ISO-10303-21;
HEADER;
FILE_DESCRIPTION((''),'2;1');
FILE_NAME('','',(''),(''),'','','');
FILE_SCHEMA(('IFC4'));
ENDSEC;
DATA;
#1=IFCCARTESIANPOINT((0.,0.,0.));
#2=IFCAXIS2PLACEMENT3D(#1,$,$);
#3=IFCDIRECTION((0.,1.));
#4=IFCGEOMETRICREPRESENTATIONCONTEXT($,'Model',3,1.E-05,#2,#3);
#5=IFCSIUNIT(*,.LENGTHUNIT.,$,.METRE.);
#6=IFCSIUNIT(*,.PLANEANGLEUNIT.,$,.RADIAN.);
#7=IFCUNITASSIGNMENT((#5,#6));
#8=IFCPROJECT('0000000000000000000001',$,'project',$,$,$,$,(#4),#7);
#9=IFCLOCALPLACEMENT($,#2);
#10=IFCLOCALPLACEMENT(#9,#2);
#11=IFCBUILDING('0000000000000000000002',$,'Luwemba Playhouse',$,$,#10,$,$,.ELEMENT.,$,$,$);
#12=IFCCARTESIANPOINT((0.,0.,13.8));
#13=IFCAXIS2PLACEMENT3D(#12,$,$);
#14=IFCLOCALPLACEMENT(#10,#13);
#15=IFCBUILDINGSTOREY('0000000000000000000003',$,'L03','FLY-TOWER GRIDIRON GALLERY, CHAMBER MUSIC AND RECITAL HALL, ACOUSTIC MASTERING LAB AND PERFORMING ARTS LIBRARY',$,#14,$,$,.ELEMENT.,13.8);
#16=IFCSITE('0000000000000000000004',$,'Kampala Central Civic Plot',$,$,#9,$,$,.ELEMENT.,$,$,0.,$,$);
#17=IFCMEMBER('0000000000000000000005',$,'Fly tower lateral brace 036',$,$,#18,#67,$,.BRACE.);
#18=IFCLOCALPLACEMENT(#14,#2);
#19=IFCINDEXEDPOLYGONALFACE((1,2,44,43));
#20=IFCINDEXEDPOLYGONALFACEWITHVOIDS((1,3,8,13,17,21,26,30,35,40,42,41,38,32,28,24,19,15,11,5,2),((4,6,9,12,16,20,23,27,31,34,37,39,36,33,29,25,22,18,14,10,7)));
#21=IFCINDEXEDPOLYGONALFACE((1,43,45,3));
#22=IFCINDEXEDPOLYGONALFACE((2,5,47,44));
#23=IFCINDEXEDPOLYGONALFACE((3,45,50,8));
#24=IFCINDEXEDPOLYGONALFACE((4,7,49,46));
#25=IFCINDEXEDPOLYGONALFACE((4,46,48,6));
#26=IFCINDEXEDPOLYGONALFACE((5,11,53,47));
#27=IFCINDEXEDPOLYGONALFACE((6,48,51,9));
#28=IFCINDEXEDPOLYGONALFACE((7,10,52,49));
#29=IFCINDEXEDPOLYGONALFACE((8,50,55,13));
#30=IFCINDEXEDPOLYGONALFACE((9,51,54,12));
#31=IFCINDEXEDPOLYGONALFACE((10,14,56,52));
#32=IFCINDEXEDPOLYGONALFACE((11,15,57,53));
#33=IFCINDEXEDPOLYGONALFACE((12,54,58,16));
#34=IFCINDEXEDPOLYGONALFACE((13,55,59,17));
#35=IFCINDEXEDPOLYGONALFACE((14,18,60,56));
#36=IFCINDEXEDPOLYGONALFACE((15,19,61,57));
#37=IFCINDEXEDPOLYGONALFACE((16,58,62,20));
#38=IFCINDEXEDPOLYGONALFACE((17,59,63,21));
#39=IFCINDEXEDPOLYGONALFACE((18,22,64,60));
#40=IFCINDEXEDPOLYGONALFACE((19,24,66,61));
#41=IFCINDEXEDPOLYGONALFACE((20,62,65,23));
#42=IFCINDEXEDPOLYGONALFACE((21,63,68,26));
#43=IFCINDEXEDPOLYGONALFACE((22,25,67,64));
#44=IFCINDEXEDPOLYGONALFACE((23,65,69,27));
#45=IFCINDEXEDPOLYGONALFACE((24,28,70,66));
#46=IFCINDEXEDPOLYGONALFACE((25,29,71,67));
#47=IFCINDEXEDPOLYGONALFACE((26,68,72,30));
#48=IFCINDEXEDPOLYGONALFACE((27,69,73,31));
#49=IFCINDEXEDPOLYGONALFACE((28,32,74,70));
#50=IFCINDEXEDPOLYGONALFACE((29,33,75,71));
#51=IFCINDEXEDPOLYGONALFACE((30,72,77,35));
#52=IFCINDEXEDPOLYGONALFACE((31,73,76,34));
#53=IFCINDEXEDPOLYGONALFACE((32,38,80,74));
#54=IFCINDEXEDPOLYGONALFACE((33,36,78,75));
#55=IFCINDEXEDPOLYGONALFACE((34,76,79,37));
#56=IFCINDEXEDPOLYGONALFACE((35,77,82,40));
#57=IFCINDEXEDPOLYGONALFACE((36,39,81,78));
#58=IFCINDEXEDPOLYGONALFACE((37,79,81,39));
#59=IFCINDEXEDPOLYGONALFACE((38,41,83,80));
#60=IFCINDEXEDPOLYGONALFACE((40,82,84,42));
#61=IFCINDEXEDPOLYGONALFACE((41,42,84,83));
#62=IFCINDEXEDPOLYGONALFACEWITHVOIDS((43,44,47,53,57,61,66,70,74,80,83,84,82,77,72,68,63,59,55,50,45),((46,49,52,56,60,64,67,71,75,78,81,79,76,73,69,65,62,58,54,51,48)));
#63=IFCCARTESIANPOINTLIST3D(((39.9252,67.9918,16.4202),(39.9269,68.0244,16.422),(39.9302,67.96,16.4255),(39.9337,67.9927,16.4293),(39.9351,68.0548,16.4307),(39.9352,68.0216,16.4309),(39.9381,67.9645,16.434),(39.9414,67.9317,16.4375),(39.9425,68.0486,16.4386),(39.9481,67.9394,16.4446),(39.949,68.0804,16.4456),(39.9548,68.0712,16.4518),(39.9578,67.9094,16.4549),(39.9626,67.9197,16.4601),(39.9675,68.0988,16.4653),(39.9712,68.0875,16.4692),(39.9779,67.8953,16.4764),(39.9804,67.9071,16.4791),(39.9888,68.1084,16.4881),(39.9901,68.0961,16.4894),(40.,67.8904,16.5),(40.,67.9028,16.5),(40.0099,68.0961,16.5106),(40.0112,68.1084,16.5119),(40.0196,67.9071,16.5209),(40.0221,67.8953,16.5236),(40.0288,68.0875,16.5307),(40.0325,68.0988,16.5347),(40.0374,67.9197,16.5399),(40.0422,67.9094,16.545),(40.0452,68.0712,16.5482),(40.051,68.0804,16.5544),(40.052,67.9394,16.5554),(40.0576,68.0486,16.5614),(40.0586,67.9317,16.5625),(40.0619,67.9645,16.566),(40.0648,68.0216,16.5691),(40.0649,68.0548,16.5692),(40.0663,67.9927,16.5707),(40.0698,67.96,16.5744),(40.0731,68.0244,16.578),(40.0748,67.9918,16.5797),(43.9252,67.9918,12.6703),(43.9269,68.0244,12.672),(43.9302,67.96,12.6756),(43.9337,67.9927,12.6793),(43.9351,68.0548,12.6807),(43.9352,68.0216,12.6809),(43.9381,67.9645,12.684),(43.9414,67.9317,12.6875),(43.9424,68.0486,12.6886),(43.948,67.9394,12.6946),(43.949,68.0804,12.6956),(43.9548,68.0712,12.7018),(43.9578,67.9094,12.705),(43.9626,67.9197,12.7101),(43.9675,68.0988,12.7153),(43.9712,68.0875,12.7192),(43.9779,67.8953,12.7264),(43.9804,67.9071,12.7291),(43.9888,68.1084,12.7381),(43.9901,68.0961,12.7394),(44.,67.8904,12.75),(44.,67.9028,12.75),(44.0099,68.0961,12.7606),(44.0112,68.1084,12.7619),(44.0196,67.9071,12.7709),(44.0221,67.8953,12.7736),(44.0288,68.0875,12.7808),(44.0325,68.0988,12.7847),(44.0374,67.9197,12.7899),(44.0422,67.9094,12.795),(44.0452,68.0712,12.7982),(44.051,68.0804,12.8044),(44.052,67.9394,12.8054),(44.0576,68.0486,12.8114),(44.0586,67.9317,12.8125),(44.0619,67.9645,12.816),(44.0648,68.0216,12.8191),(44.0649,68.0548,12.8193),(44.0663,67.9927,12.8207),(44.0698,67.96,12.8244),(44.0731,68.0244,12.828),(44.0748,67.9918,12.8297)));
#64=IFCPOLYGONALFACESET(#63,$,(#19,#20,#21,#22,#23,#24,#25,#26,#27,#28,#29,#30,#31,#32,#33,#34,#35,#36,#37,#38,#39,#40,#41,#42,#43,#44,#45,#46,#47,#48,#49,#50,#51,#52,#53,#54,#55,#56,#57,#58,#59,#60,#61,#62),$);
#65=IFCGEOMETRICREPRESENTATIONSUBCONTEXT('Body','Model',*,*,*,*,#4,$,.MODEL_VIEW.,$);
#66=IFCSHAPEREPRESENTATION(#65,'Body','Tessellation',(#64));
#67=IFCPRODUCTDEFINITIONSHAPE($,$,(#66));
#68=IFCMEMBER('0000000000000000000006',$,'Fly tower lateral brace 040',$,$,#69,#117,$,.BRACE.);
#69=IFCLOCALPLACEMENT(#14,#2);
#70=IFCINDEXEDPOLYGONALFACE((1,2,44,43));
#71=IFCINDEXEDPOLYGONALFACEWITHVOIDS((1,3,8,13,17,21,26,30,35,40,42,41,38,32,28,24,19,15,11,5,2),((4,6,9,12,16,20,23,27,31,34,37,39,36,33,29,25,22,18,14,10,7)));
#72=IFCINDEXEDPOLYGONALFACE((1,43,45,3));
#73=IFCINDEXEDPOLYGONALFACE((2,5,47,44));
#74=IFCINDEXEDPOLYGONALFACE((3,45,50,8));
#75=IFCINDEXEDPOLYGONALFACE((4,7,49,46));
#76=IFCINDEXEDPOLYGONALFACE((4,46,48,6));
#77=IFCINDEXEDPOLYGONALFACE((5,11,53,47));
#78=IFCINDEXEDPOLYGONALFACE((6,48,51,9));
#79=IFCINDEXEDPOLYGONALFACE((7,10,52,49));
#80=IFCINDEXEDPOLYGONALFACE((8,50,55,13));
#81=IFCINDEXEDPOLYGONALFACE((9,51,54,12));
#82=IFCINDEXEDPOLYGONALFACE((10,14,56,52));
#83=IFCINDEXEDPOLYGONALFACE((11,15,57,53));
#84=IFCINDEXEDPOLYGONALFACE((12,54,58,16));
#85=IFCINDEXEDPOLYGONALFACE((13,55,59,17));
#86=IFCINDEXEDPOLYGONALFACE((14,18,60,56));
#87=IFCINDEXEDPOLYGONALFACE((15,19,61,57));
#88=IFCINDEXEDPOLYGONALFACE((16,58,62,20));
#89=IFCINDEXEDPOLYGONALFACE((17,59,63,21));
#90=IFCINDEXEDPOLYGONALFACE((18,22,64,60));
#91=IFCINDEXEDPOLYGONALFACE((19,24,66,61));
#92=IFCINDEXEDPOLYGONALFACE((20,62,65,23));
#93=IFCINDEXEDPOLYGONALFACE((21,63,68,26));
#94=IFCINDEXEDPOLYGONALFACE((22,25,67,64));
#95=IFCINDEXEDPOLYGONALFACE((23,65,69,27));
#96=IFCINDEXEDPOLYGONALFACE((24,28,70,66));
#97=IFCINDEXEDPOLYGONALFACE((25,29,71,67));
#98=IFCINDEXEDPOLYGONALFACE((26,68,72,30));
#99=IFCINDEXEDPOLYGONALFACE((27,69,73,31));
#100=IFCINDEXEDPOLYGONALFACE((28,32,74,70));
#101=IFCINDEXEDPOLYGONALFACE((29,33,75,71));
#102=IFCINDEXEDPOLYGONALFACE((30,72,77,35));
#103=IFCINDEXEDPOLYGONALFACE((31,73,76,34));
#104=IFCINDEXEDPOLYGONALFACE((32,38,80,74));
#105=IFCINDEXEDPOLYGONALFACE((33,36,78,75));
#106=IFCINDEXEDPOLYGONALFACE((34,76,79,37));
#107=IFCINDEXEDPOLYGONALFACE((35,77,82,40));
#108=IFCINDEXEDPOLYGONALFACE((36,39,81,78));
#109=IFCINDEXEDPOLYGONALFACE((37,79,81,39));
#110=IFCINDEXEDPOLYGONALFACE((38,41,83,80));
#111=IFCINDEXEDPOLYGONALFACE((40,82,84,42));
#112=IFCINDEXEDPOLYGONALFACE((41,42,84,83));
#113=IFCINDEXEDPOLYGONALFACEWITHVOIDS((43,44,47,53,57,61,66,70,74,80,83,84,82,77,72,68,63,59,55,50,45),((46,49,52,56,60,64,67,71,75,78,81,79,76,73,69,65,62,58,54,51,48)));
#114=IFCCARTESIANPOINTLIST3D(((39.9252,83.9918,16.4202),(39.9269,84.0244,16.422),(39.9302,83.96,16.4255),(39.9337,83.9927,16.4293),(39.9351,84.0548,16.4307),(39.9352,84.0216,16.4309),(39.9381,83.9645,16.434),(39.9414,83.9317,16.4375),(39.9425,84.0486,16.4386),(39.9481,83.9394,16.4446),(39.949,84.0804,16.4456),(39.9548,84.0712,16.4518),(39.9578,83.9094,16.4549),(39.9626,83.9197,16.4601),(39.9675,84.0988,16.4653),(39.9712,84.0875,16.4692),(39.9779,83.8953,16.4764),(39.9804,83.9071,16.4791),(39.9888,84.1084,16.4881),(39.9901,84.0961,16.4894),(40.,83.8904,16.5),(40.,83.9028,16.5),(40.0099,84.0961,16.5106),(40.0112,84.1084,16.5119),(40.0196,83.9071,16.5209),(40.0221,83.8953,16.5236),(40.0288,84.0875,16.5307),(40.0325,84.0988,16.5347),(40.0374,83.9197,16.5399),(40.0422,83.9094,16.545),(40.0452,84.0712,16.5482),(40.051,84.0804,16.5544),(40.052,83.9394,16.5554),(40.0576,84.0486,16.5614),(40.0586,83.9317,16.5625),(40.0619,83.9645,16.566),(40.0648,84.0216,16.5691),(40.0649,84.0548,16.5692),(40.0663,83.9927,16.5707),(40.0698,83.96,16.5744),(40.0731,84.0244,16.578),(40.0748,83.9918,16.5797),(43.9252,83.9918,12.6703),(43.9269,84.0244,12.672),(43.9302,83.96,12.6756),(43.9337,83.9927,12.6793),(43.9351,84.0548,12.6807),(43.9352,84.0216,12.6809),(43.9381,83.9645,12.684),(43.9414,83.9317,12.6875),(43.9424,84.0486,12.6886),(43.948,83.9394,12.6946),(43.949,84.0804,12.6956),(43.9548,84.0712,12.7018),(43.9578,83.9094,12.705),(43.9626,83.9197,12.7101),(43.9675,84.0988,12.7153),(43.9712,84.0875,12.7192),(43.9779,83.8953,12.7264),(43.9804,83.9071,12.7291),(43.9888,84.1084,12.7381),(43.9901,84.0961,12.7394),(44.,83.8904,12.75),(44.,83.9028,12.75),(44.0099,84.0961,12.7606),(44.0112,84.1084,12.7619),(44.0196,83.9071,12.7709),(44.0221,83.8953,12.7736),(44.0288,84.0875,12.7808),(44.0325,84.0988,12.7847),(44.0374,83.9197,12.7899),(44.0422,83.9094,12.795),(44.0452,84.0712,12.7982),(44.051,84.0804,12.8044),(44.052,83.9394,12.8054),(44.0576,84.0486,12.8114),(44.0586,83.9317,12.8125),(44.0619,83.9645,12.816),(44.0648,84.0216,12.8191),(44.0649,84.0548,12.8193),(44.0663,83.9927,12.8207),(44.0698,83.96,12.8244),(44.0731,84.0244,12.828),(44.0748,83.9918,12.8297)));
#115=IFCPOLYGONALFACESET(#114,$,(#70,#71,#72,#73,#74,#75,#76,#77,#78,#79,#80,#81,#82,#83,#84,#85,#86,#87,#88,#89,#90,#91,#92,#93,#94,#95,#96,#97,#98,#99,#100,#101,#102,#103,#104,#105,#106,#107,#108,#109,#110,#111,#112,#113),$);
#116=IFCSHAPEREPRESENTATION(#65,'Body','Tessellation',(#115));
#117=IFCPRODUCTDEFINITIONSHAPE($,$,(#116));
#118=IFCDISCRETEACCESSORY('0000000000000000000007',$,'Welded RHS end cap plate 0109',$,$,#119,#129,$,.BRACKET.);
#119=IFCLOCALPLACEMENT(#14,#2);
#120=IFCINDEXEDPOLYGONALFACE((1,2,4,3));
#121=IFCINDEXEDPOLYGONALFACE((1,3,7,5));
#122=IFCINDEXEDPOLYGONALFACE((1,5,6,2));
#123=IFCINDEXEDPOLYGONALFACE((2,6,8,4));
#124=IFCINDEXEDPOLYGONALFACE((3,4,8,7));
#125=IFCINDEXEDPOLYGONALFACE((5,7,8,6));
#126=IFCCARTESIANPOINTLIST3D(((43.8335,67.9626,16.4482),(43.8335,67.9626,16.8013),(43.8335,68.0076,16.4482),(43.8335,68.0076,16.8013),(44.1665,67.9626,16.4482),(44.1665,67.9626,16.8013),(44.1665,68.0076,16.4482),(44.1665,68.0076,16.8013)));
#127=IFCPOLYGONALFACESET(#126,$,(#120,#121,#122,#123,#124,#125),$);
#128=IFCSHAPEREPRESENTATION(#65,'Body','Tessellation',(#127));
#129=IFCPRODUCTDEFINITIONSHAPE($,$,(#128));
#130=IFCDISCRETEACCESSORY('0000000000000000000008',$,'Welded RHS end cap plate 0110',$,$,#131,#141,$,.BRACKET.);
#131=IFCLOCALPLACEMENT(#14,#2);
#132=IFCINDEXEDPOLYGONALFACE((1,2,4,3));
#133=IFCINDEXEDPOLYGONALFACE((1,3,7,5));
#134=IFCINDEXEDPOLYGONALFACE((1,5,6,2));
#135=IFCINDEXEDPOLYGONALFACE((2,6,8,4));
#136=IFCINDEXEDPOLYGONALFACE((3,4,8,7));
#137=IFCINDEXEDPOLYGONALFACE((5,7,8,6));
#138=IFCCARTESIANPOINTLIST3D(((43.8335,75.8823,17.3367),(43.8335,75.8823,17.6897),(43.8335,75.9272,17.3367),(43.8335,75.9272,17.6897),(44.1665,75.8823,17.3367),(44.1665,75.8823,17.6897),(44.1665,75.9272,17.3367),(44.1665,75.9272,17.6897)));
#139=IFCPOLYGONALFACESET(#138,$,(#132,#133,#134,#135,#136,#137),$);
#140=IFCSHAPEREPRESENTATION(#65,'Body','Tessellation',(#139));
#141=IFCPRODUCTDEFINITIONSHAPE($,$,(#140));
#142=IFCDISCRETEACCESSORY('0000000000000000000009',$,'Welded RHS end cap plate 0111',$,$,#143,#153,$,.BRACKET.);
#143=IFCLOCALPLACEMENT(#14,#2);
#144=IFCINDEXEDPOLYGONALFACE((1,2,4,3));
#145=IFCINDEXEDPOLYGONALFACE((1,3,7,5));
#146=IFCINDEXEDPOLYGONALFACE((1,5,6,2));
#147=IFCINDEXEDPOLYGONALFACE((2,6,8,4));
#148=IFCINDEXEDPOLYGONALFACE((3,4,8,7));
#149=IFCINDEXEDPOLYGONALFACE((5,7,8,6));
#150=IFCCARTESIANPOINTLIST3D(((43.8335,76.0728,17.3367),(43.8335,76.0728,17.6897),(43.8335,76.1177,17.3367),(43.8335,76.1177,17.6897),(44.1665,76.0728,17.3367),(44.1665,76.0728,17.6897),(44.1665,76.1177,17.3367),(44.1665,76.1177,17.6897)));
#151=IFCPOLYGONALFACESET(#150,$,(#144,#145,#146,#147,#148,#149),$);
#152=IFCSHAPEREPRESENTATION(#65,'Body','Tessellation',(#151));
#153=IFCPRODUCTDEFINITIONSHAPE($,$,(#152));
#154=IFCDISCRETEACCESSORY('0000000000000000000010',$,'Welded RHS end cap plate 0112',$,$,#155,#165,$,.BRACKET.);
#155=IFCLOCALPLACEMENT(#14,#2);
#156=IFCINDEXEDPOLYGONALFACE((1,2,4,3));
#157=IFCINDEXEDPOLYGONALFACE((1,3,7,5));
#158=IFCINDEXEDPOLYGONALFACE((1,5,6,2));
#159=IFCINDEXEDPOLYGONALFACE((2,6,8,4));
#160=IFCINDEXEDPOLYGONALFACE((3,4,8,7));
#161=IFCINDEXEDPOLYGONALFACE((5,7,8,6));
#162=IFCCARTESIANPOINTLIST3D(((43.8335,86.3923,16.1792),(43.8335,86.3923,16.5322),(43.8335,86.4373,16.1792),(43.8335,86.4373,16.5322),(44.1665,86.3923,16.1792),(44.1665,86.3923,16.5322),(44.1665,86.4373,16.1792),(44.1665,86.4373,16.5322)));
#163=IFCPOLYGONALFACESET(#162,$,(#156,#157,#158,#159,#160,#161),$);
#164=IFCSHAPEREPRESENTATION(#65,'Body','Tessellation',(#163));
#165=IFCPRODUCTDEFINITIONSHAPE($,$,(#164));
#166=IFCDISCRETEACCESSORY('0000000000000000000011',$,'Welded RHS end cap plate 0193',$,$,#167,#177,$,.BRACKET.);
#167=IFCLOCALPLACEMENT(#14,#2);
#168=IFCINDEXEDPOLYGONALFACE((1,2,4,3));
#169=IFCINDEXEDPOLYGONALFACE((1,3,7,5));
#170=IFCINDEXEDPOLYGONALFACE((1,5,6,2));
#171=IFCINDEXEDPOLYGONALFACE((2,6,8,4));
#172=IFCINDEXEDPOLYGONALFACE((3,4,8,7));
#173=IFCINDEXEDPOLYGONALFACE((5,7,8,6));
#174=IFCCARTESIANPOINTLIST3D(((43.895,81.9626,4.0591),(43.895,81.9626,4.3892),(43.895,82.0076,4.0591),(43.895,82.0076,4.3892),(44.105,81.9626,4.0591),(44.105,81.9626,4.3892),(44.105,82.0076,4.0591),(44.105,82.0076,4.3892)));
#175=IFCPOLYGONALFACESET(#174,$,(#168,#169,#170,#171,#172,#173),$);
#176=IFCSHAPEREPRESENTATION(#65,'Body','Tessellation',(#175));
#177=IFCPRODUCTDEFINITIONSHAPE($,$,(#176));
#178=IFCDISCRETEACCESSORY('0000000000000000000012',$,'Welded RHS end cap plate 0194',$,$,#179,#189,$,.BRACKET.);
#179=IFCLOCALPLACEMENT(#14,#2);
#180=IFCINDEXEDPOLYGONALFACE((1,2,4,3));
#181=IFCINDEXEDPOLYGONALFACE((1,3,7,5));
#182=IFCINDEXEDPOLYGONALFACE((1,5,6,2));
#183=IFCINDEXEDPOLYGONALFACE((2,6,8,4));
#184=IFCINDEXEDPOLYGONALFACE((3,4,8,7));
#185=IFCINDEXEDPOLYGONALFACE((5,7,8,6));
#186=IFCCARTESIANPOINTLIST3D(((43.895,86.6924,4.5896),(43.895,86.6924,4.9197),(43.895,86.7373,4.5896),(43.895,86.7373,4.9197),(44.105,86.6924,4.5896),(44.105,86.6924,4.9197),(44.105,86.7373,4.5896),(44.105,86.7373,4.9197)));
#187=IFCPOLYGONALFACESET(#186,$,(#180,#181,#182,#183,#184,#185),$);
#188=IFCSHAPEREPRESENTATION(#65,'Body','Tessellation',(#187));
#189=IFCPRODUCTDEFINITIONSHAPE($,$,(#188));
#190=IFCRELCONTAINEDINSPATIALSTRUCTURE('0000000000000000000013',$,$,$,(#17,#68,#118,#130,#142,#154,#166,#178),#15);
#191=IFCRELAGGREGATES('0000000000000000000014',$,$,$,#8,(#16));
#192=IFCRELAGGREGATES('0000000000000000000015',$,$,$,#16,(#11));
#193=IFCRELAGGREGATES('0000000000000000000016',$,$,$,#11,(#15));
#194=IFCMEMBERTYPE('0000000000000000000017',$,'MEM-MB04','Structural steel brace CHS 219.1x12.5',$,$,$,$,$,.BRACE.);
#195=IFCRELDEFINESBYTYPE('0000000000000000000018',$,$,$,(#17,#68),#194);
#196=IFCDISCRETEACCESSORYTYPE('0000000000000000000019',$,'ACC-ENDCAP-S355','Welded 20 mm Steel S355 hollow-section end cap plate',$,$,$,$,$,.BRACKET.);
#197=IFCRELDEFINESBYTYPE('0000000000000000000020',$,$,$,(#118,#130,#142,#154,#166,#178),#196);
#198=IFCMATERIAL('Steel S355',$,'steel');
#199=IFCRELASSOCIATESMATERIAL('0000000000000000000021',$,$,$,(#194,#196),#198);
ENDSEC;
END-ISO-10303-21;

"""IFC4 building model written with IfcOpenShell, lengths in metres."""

from ifc_helpers import new_model, si_unit, direction, frame, origin, origin_2d, place, context, subcontext, project, spatial, rectangle, hollow_circle, extrude, material, material_profile, profile_set, type_object, element, save


model = new_model("IFC4")

# Units and contexts
model_context = context("Model", 3, precision=1e-05, world=origin(), true_north=direction((0.0, 1.0)))
body_context = subcontext(model_context, "Body", "Model", "MODEL_VIEW")
ifc_project = project(units=[si_unit("LENGTHUNIT", "METRE"), si_unit("PLANEANGLEUNIT", "RADIAN")], contexts=[model_context])

# Site, building, storey
site_placement = place(None, origin())
site = spatial("IfcSite", under=ifc_project, at=site_placement, Name="Kampala Central Civic Plot", CompositionType="ELEMENT", RefElevation=0.0)
building_placement = place(site_placement, origin())
building = spatial("IfcBuilding", under=site, at=building_placement, Name="Luwemba Playhouse", CompositionType="ELEMENT")
storey_placement = place(building_placement, frame((0.0, 0.0, 13.8)))
storey = spatial("IfcBuildingStorey", under=building, at=storey_placement, Name="L03", Description="FLY-TOWER GRIDIRON GALLERY, CHAMBER MUSIC AND RECITAL HALL, ACOUSTIC MASTERING LAB AND PERFORMING ARTS LIBRARY", CompositionType="ELEMENT", Elevation=13.8)

# Shared definitions
ifc_material = material(Name="Steel S355", Category="steel")

# Members
ifc_material_profile_1 = material_profile(ifc_material, hollow_circle(Radius=0.1096, WallThickness=0.0125, at=origin_2d()))
ifc_profile_set_1 = profile_set([ifc_material_profile_1], Name="Steel S355")
member_type_1 = type_object("IfcMemberType", Name="MEM-MB04", Description="Structural steel brace CHS 219.1x12.5", PredefinedType="BRACE", material=ifc_profile_set_1)
for number, where, z_axis, x_axis, name in (
    (1, (44.0, 68.0, 12.75), (-0.729537, 0.0, 0.683941), (0.0, -1.0, 0.0), "Fly tower lateral brace 036"),
    (2, (44.0, 84.0, 12.75), (-0.729537, 0.0, 0.683941), (0.0, -1.0, 0.0), "Fly tower lateral brace 040"),
):
    element("IfcMember", number, at=place(storey_placement, frame(where, z_axis=z_axis, x_axis=x_axis)), inside=storey, type_object=member_type_1, Name=name, PredefinedType="BRACE", context=body_context, shape_type="SweptSolid", body=[
        extrude(hollow_circle(Radius=0.1096, WallThickness=0.0125, at=origin_2d()), origin(), (0.0, 0.0, 1.0), 5.4829),
    ])

# Discrete accessories
discrete_accessory_type = type_object("IfcDiscreteAccessoryType", Name="ACC-ENDCAP-S355", Description="Welded 20 mm Steel S355 hollow-section end cap plate", PredefinedType="BRACKET", material=ifc_material)
for number, where, z_axis, x_axis, name in (
    (3, (44.0, 67.9851, 16.4482), (0.0, 0.0, 1.0), (1.0, 0.0, 0.0), "Welded RHS end cap plate 0109"),
    (4, (44.0, 75.9048, 17.3367), (0.0, 0.0, 1.0), (1.0, 0.0, 0.0), "Welded RHS end cap plate 0110"),
    (5, (44.0, 76.0952, 17.3367), (0.0, 0.0, 1.0), (1.0, 0.0, 0.0), "Welded RHS end cap plate 0111"),
    (6, (44.0, 86.4148, 16.1792), (0.0, 0.0, 1.0), (1.0, 0.0, 0.0), "Welded RHS end cap plate 0112"),
):
    element("IfcDiscreteAccessory", number, at=place(storey_placement, frame(where, z_axis=z_axis, x_axis=x_axis)), inside=storey, type_object=discrete_accessory_type, Name=name, PredefinedType="BRACKET", context=body_context, shape_type="SweptSolid", body=[
        extrude(rectangle(XDim=0.333, YDim=0.0449, at=origin_2d()), origin(), (0.0, 0.0, 1.0), 0.353),
    ])
for number, where, z_axis, x_axis, name in (
    (7, (44.0, 81.9851, 4.0591), (0.0, 0.0, 1.0), (1.0, 0.0, 0.0), "Welded RHS end cap plate 0193"),
    (8, (44.0, 86.7148, 4.5896), (0.0, 0.0, 1.0), (1.0, 0.0, 0.0), "Welded RHS end cap plate 0194"),
):
    element("IfcDiscreteAccessory", number, at=place(storey_placement, frame(where, z_axis=z_axis, x_axis=x_axis)), inside=storey, type_object=discrete_accessory_type, Name=name, PredefinedType="BRACKET", context=body_context, shape_type="SweptSolid", body=[
        extrude(rectangle(XDim=0.21, YDim=0.0449, at=origin_2d()), origin(), (0.0, 0.0, 1.0), 0.3301),
    ])

save(model, "model.ifc")
